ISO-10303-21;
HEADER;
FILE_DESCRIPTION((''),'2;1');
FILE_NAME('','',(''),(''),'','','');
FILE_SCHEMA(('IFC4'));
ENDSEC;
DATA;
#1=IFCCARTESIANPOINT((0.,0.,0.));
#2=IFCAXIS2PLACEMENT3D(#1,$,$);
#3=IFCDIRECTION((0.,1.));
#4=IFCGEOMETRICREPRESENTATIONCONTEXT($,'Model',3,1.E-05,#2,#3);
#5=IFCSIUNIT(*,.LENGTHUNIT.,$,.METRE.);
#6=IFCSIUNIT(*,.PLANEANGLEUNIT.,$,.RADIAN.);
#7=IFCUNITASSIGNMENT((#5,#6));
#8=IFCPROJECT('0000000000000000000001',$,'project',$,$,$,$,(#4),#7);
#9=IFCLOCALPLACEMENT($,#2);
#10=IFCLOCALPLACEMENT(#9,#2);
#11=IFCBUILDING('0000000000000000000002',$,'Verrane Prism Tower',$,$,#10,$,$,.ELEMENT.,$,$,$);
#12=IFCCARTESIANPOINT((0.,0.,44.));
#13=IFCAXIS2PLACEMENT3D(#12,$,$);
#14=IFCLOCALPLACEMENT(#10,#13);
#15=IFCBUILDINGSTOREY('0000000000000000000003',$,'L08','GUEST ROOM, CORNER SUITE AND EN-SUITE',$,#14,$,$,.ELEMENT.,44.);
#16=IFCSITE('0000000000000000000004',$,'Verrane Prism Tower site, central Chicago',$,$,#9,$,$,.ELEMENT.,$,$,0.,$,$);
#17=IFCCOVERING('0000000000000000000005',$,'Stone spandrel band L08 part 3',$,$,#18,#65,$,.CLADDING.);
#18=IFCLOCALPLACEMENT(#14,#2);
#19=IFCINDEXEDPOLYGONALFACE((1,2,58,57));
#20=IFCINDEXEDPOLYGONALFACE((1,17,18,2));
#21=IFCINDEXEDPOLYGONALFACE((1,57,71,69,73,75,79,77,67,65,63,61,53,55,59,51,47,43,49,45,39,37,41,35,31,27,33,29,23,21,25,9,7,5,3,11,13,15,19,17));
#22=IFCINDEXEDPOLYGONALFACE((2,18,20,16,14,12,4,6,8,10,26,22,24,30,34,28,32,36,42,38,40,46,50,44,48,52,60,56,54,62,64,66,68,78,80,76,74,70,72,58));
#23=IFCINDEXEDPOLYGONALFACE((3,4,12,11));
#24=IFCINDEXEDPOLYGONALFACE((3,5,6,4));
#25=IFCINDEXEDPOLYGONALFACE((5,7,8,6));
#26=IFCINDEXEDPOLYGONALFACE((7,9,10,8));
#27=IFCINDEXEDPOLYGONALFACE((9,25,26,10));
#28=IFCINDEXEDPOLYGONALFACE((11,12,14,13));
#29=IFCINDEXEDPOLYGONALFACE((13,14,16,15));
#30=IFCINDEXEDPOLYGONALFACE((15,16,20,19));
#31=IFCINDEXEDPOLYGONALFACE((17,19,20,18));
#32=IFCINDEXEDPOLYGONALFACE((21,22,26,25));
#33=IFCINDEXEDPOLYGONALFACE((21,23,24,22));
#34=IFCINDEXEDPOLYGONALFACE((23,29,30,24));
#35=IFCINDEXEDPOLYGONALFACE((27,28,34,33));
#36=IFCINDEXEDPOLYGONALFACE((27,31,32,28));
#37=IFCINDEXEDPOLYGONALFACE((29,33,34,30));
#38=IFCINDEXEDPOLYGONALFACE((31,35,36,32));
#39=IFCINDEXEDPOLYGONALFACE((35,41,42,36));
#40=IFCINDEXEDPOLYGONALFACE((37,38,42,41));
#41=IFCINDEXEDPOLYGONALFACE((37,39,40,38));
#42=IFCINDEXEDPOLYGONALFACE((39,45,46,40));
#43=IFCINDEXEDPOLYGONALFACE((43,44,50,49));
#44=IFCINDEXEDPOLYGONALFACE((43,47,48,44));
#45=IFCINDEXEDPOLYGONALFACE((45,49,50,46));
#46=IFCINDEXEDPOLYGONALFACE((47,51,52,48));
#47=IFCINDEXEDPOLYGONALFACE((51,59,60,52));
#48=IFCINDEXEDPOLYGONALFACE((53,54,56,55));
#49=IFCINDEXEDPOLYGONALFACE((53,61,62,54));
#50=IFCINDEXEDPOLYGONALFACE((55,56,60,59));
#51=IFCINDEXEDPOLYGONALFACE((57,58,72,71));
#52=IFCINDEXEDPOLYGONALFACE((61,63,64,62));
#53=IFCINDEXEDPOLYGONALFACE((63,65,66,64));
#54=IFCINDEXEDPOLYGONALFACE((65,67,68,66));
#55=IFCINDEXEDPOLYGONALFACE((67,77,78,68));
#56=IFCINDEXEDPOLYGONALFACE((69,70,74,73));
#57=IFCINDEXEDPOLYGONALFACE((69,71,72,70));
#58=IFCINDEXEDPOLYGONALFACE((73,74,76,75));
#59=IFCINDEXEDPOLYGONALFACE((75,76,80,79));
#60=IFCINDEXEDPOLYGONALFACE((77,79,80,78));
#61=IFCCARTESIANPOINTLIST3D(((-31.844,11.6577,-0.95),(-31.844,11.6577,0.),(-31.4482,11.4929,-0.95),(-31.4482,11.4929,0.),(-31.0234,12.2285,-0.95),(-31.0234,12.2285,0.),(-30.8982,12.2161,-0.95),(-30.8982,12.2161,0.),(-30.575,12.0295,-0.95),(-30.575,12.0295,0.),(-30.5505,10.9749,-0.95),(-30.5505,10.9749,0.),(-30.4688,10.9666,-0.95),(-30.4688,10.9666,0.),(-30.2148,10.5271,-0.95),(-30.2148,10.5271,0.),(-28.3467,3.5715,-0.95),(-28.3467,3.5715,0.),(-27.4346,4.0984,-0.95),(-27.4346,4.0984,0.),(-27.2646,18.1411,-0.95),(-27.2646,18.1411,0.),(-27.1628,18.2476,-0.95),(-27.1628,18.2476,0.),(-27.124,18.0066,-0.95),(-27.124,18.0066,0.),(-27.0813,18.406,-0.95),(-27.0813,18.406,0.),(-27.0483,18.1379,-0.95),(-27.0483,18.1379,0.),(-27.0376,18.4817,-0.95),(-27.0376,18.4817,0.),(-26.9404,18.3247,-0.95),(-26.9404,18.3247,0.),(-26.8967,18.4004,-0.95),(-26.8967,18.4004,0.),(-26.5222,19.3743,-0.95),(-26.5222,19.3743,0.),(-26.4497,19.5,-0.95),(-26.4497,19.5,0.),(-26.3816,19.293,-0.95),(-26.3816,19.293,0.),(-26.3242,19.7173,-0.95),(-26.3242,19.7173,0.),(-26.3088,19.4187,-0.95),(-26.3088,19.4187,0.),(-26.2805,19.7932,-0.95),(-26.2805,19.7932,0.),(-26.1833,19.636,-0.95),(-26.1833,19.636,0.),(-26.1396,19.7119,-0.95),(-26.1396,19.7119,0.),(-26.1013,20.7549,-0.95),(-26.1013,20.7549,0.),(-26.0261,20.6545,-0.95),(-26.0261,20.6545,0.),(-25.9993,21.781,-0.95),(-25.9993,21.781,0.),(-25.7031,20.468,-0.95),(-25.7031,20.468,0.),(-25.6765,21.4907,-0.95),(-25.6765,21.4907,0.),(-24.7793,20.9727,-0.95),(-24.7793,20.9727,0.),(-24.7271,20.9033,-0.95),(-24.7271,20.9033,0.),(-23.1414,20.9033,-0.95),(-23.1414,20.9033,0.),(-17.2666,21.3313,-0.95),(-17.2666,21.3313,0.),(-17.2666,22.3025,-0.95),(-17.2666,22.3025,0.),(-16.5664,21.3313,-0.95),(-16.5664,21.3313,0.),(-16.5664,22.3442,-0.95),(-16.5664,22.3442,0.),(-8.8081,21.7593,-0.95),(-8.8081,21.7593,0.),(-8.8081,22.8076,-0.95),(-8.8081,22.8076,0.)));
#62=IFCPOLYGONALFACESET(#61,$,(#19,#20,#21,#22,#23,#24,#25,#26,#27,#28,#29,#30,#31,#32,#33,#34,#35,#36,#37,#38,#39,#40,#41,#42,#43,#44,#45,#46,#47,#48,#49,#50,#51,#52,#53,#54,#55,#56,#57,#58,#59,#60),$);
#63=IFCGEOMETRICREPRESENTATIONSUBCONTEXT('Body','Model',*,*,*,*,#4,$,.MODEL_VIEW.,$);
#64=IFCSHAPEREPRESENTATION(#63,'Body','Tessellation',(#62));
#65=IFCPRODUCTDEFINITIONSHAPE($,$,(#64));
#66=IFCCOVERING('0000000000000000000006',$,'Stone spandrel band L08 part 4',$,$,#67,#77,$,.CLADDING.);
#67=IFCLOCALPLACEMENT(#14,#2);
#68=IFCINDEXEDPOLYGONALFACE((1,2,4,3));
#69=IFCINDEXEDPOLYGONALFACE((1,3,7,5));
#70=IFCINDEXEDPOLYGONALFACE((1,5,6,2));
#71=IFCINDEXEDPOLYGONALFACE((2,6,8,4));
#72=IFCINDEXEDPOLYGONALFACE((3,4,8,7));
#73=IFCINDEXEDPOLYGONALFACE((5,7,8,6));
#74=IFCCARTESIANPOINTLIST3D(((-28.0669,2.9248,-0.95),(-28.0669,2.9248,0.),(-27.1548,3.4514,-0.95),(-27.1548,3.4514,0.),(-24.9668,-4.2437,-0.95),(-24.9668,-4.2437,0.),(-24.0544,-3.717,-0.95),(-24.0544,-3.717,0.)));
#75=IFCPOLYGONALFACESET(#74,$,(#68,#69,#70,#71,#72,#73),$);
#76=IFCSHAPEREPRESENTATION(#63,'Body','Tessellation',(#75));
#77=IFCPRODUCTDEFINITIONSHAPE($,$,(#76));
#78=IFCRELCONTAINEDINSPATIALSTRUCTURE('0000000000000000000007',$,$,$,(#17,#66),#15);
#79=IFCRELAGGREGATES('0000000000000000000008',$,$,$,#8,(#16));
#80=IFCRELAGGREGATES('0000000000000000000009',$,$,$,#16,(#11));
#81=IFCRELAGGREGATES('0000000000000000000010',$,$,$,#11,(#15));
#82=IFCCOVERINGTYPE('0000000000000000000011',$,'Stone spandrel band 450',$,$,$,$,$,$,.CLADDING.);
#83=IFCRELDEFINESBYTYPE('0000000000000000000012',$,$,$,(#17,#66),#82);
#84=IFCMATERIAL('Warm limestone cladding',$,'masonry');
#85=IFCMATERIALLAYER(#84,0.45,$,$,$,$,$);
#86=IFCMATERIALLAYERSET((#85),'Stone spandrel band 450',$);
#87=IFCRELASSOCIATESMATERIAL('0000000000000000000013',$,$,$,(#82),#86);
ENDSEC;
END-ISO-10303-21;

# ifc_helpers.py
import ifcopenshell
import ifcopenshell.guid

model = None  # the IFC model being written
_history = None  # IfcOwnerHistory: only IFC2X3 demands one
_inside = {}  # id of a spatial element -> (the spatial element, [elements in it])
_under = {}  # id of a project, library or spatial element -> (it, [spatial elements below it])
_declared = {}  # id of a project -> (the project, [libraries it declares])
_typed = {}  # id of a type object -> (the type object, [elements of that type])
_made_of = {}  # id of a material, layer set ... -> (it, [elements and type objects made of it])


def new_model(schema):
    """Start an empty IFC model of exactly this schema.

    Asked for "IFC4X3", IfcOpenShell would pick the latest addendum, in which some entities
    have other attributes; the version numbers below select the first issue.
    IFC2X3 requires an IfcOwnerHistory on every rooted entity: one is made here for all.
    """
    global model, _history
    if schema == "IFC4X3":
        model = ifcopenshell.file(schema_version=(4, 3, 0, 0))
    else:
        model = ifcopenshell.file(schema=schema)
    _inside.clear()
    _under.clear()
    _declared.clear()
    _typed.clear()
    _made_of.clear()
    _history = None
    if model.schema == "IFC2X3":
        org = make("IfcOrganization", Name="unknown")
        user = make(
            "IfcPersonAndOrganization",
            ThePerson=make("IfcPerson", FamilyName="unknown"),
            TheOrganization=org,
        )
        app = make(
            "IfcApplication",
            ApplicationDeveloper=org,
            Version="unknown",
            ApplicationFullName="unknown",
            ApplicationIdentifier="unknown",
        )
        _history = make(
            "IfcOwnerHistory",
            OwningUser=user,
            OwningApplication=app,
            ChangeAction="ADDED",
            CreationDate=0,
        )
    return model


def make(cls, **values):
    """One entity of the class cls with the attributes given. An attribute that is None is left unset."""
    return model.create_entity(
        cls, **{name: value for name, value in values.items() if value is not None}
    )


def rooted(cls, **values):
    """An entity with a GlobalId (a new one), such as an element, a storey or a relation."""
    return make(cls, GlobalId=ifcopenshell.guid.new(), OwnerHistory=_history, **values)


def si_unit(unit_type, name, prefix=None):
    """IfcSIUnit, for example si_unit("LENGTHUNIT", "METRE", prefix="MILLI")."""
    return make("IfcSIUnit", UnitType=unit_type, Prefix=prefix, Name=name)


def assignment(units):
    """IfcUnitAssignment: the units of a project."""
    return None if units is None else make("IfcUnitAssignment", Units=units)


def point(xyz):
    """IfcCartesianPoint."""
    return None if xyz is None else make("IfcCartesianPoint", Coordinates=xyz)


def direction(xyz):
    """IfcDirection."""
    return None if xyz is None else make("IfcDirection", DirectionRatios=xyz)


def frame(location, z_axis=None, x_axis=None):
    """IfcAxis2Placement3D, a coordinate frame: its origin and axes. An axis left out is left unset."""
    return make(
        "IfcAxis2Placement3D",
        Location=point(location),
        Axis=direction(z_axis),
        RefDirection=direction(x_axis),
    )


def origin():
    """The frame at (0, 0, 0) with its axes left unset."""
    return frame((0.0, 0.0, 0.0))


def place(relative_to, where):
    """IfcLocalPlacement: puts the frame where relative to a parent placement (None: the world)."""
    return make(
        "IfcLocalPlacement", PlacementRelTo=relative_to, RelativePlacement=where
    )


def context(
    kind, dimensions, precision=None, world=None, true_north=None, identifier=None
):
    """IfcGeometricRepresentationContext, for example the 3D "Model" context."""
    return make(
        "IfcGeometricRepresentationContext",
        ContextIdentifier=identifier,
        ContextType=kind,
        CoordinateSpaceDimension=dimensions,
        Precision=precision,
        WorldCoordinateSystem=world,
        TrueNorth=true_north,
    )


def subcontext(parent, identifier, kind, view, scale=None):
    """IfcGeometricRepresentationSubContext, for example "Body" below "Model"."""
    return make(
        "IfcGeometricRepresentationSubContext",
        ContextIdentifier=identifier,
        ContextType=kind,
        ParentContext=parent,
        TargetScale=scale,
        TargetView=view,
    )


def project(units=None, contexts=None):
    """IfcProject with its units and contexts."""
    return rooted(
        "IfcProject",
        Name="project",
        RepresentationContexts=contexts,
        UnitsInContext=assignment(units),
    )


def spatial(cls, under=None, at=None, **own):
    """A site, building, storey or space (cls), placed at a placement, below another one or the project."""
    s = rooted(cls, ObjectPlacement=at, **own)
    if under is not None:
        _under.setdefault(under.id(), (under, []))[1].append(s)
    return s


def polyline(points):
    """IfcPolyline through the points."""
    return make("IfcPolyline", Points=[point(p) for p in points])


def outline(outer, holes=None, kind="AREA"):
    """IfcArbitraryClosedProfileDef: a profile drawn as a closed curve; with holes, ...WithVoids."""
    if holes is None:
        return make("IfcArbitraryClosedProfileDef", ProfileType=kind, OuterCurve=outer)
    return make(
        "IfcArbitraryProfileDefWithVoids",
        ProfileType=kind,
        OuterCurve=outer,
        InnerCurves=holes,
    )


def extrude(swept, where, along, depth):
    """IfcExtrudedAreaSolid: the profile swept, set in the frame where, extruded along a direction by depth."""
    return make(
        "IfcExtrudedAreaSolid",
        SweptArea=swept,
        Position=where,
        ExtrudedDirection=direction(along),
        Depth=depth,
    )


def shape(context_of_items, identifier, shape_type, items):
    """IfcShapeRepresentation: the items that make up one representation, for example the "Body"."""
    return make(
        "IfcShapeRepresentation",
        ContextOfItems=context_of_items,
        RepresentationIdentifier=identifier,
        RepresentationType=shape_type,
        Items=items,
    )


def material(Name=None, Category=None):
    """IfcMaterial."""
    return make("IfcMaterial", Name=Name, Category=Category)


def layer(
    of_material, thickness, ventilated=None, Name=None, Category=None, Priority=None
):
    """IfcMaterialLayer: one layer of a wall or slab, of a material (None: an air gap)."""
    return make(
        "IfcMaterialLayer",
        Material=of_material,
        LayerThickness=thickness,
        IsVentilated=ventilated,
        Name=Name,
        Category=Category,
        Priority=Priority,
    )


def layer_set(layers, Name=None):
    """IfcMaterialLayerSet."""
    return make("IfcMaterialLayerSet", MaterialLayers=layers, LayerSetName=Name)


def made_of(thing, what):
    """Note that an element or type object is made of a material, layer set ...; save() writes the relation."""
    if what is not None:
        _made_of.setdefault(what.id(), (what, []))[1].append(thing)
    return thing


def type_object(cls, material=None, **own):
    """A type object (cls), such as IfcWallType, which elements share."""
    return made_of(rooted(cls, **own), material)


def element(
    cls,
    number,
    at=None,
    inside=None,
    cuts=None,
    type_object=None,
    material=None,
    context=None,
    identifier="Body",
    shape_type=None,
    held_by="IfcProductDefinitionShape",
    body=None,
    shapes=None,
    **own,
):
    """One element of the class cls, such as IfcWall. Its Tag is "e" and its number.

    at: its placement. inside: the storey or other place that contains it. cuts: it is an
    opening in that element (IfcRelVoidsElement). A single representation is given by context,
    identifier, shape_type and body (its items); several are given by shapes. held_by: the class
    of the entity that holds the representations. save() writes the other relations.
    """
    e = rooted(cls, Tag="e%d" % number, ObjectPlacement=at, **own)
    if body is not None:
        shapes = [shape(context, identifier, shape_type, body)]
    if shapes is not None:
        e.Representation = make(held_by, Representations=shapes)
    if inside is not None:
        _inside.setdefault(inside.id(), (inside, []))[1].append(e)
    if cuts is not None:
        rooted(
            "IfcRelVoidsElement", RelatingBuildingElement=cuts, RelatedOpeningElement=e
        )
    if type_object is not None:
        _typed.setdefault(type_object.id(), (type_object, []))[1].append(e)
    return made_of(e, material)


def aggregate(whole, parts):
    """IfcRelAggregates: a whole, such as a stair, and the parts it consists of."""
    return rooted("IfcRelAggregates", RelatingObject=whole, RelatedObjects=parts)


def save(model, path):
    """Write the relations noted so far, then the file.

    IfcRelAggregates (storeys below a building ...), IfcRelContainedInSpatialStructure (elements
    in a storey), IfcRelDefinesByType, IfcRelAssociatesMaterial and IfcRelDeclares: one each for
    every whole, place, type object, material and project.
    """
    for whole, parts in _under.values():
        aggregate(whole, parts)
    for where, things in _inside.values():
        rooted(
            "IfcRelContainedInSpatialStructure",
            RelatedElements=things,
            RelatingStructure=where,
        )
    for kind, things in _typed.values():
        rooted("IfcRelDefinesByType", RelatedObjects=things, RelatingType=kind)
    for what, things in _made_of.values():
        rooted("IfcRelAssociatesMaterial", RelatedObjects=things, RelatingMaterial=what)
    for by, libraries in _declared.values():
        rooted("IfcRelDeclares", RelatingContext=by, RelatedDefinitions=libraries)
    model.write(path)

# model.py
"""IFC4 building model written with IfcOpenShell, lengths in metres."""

from ifc_helpers import new_model, si_unit, direction, frame, origin, place, context, subcontext, project, spatial, polyline, outline, extrude, material, layer, layer_set, type_object, element, save


model = new_model("IFC4")

# Units and contexts
model_context = context("Model", 3, precision=1e-05, world=origin(), true_north=direction((0.0, 1.0)))
body_context = subcontext(model_context, "Body", "Model", "MODEL_VIEW")
ifc_project = project(units=[si_unit("LENGTHUNIT", "METRE"), si_unit("PLANEANGLEUNIT", "RADIAN")], contexts=[model_context])

# Site, building, storey
site_placement = place(None, origin())
site = spatial("IfcSite", under=ifc_project, at=site_placement, Name="Verrane Prism Tower site, central Chicago", CompositionType="ELEMENT", RefElevation=0.0)
building_placement = place(site_placement, origin())
building = spatial("IfcBuilding", under=site, at=building_placement, Name="Verrane Prism Tower", CompositionType="ELEMENT")
storey_placement = place(building_placement, frame((0.0, 0.0, 44.0)))
storey = spatial("IfcBuildingStorey", under=building, at=storey_placement, Name="L08", Description="GUEST ROOM, CORNER SUITE AND EN-SUITE", CompositionType="ELEMENT", Elevation=44.0)

# Coverings
ifc_material_1 = material(Name="Warm limestone cladding", Category="masonry")
ifc_layer_1 = layer(ifc_material_1, 0.45)
ifc_layer_set_1 = layer_set([ifc_layer_1], Name="Stone spandrel band 450")
covering_type = type_object("IfcCoveringType", Name="Stone spandrel band 450", PredefinedType="CLADDING", material=ifc_layer_set_1)
covering_1_placement = place(storey_placement, frame((0.0, 0.0, -0.95)))
element("IfcCovering", 1, at=covering_1_placement, inside=storey, type_object=covering_type, Name="Stone spandrel band L08 part 3", PredefinedType="CLADDING", context=body_context, shape_type="SweptSolid", body=[
    extrude(outline(polyline([(-27.4346, 4.0984), (-30.2148, 10.5271), (-30.4688, 10.9666), (-30.5505, 10.9749), (-31.4482, 11.4929), (-31.0234, 12.2285), (-30.8982, 12.2161), (-30.575, 12.0295), (-27.124, 18.0066), (-27.2646, 18.1411), (-27.1628, 18.2476), (-27.0483, 18.1379), (-26.9404, 18.3247), (-27.0813, 18.406), (-27.0376, 18.4817), (-26.8967, 18.4004), (-26.3816, 19.293), (-26.5222, 19.3743), (-26.4497, 19.5), (-26.3088, 19.4187), (-26.1833, 19.636), (-26.3242, 19.7173), (-26.2805, 19.7932), (-26.1396, 19.7119), (-25.7031, 20.468), (-26.0261, 20.6545), (-26.1013, 20.7549), (-25.6765, 21.4907), (-24.7793, 20.9727), (-24.7271, 20.9033), (-23.1414, 20.9033), (-8.8081, 21.7593), (-8.8081, 22.8076), (-16.5664, 22.3442), (-16.5664, 21.3313), (-17.2666, 21.3313), (-17.2666, 22.3025), (-25.9993, 21.781), (-31.844, 11.6577), (-28.3467, 3.5715), (-27.4346, 4.0984)])), origin(), (0.0, 0.0, 1.0), 0.95),
])
covering_2_placement = place(storey_placement, frame((0.0, 0.0, -0.95)))
element("IfcCovering", 2, at=covering_2_placement, inside=storey, type_object=covering_type, Name="Stone spandrel band L08 part 4", PredefinedType="CLADDING", context=body_context, shape_type="SweptSolid", body=[
    extrude(outline(polyline([(-24.9668, -4.2437), (-24.0544, -3.717), (-27.1548, 3.4514), (-28.0669, 2.9248), (-24.9668, -4.2437)])), origin(), (0.0, 0.0, 1.0), 0.95),
])

save(model, "model.ifc")
